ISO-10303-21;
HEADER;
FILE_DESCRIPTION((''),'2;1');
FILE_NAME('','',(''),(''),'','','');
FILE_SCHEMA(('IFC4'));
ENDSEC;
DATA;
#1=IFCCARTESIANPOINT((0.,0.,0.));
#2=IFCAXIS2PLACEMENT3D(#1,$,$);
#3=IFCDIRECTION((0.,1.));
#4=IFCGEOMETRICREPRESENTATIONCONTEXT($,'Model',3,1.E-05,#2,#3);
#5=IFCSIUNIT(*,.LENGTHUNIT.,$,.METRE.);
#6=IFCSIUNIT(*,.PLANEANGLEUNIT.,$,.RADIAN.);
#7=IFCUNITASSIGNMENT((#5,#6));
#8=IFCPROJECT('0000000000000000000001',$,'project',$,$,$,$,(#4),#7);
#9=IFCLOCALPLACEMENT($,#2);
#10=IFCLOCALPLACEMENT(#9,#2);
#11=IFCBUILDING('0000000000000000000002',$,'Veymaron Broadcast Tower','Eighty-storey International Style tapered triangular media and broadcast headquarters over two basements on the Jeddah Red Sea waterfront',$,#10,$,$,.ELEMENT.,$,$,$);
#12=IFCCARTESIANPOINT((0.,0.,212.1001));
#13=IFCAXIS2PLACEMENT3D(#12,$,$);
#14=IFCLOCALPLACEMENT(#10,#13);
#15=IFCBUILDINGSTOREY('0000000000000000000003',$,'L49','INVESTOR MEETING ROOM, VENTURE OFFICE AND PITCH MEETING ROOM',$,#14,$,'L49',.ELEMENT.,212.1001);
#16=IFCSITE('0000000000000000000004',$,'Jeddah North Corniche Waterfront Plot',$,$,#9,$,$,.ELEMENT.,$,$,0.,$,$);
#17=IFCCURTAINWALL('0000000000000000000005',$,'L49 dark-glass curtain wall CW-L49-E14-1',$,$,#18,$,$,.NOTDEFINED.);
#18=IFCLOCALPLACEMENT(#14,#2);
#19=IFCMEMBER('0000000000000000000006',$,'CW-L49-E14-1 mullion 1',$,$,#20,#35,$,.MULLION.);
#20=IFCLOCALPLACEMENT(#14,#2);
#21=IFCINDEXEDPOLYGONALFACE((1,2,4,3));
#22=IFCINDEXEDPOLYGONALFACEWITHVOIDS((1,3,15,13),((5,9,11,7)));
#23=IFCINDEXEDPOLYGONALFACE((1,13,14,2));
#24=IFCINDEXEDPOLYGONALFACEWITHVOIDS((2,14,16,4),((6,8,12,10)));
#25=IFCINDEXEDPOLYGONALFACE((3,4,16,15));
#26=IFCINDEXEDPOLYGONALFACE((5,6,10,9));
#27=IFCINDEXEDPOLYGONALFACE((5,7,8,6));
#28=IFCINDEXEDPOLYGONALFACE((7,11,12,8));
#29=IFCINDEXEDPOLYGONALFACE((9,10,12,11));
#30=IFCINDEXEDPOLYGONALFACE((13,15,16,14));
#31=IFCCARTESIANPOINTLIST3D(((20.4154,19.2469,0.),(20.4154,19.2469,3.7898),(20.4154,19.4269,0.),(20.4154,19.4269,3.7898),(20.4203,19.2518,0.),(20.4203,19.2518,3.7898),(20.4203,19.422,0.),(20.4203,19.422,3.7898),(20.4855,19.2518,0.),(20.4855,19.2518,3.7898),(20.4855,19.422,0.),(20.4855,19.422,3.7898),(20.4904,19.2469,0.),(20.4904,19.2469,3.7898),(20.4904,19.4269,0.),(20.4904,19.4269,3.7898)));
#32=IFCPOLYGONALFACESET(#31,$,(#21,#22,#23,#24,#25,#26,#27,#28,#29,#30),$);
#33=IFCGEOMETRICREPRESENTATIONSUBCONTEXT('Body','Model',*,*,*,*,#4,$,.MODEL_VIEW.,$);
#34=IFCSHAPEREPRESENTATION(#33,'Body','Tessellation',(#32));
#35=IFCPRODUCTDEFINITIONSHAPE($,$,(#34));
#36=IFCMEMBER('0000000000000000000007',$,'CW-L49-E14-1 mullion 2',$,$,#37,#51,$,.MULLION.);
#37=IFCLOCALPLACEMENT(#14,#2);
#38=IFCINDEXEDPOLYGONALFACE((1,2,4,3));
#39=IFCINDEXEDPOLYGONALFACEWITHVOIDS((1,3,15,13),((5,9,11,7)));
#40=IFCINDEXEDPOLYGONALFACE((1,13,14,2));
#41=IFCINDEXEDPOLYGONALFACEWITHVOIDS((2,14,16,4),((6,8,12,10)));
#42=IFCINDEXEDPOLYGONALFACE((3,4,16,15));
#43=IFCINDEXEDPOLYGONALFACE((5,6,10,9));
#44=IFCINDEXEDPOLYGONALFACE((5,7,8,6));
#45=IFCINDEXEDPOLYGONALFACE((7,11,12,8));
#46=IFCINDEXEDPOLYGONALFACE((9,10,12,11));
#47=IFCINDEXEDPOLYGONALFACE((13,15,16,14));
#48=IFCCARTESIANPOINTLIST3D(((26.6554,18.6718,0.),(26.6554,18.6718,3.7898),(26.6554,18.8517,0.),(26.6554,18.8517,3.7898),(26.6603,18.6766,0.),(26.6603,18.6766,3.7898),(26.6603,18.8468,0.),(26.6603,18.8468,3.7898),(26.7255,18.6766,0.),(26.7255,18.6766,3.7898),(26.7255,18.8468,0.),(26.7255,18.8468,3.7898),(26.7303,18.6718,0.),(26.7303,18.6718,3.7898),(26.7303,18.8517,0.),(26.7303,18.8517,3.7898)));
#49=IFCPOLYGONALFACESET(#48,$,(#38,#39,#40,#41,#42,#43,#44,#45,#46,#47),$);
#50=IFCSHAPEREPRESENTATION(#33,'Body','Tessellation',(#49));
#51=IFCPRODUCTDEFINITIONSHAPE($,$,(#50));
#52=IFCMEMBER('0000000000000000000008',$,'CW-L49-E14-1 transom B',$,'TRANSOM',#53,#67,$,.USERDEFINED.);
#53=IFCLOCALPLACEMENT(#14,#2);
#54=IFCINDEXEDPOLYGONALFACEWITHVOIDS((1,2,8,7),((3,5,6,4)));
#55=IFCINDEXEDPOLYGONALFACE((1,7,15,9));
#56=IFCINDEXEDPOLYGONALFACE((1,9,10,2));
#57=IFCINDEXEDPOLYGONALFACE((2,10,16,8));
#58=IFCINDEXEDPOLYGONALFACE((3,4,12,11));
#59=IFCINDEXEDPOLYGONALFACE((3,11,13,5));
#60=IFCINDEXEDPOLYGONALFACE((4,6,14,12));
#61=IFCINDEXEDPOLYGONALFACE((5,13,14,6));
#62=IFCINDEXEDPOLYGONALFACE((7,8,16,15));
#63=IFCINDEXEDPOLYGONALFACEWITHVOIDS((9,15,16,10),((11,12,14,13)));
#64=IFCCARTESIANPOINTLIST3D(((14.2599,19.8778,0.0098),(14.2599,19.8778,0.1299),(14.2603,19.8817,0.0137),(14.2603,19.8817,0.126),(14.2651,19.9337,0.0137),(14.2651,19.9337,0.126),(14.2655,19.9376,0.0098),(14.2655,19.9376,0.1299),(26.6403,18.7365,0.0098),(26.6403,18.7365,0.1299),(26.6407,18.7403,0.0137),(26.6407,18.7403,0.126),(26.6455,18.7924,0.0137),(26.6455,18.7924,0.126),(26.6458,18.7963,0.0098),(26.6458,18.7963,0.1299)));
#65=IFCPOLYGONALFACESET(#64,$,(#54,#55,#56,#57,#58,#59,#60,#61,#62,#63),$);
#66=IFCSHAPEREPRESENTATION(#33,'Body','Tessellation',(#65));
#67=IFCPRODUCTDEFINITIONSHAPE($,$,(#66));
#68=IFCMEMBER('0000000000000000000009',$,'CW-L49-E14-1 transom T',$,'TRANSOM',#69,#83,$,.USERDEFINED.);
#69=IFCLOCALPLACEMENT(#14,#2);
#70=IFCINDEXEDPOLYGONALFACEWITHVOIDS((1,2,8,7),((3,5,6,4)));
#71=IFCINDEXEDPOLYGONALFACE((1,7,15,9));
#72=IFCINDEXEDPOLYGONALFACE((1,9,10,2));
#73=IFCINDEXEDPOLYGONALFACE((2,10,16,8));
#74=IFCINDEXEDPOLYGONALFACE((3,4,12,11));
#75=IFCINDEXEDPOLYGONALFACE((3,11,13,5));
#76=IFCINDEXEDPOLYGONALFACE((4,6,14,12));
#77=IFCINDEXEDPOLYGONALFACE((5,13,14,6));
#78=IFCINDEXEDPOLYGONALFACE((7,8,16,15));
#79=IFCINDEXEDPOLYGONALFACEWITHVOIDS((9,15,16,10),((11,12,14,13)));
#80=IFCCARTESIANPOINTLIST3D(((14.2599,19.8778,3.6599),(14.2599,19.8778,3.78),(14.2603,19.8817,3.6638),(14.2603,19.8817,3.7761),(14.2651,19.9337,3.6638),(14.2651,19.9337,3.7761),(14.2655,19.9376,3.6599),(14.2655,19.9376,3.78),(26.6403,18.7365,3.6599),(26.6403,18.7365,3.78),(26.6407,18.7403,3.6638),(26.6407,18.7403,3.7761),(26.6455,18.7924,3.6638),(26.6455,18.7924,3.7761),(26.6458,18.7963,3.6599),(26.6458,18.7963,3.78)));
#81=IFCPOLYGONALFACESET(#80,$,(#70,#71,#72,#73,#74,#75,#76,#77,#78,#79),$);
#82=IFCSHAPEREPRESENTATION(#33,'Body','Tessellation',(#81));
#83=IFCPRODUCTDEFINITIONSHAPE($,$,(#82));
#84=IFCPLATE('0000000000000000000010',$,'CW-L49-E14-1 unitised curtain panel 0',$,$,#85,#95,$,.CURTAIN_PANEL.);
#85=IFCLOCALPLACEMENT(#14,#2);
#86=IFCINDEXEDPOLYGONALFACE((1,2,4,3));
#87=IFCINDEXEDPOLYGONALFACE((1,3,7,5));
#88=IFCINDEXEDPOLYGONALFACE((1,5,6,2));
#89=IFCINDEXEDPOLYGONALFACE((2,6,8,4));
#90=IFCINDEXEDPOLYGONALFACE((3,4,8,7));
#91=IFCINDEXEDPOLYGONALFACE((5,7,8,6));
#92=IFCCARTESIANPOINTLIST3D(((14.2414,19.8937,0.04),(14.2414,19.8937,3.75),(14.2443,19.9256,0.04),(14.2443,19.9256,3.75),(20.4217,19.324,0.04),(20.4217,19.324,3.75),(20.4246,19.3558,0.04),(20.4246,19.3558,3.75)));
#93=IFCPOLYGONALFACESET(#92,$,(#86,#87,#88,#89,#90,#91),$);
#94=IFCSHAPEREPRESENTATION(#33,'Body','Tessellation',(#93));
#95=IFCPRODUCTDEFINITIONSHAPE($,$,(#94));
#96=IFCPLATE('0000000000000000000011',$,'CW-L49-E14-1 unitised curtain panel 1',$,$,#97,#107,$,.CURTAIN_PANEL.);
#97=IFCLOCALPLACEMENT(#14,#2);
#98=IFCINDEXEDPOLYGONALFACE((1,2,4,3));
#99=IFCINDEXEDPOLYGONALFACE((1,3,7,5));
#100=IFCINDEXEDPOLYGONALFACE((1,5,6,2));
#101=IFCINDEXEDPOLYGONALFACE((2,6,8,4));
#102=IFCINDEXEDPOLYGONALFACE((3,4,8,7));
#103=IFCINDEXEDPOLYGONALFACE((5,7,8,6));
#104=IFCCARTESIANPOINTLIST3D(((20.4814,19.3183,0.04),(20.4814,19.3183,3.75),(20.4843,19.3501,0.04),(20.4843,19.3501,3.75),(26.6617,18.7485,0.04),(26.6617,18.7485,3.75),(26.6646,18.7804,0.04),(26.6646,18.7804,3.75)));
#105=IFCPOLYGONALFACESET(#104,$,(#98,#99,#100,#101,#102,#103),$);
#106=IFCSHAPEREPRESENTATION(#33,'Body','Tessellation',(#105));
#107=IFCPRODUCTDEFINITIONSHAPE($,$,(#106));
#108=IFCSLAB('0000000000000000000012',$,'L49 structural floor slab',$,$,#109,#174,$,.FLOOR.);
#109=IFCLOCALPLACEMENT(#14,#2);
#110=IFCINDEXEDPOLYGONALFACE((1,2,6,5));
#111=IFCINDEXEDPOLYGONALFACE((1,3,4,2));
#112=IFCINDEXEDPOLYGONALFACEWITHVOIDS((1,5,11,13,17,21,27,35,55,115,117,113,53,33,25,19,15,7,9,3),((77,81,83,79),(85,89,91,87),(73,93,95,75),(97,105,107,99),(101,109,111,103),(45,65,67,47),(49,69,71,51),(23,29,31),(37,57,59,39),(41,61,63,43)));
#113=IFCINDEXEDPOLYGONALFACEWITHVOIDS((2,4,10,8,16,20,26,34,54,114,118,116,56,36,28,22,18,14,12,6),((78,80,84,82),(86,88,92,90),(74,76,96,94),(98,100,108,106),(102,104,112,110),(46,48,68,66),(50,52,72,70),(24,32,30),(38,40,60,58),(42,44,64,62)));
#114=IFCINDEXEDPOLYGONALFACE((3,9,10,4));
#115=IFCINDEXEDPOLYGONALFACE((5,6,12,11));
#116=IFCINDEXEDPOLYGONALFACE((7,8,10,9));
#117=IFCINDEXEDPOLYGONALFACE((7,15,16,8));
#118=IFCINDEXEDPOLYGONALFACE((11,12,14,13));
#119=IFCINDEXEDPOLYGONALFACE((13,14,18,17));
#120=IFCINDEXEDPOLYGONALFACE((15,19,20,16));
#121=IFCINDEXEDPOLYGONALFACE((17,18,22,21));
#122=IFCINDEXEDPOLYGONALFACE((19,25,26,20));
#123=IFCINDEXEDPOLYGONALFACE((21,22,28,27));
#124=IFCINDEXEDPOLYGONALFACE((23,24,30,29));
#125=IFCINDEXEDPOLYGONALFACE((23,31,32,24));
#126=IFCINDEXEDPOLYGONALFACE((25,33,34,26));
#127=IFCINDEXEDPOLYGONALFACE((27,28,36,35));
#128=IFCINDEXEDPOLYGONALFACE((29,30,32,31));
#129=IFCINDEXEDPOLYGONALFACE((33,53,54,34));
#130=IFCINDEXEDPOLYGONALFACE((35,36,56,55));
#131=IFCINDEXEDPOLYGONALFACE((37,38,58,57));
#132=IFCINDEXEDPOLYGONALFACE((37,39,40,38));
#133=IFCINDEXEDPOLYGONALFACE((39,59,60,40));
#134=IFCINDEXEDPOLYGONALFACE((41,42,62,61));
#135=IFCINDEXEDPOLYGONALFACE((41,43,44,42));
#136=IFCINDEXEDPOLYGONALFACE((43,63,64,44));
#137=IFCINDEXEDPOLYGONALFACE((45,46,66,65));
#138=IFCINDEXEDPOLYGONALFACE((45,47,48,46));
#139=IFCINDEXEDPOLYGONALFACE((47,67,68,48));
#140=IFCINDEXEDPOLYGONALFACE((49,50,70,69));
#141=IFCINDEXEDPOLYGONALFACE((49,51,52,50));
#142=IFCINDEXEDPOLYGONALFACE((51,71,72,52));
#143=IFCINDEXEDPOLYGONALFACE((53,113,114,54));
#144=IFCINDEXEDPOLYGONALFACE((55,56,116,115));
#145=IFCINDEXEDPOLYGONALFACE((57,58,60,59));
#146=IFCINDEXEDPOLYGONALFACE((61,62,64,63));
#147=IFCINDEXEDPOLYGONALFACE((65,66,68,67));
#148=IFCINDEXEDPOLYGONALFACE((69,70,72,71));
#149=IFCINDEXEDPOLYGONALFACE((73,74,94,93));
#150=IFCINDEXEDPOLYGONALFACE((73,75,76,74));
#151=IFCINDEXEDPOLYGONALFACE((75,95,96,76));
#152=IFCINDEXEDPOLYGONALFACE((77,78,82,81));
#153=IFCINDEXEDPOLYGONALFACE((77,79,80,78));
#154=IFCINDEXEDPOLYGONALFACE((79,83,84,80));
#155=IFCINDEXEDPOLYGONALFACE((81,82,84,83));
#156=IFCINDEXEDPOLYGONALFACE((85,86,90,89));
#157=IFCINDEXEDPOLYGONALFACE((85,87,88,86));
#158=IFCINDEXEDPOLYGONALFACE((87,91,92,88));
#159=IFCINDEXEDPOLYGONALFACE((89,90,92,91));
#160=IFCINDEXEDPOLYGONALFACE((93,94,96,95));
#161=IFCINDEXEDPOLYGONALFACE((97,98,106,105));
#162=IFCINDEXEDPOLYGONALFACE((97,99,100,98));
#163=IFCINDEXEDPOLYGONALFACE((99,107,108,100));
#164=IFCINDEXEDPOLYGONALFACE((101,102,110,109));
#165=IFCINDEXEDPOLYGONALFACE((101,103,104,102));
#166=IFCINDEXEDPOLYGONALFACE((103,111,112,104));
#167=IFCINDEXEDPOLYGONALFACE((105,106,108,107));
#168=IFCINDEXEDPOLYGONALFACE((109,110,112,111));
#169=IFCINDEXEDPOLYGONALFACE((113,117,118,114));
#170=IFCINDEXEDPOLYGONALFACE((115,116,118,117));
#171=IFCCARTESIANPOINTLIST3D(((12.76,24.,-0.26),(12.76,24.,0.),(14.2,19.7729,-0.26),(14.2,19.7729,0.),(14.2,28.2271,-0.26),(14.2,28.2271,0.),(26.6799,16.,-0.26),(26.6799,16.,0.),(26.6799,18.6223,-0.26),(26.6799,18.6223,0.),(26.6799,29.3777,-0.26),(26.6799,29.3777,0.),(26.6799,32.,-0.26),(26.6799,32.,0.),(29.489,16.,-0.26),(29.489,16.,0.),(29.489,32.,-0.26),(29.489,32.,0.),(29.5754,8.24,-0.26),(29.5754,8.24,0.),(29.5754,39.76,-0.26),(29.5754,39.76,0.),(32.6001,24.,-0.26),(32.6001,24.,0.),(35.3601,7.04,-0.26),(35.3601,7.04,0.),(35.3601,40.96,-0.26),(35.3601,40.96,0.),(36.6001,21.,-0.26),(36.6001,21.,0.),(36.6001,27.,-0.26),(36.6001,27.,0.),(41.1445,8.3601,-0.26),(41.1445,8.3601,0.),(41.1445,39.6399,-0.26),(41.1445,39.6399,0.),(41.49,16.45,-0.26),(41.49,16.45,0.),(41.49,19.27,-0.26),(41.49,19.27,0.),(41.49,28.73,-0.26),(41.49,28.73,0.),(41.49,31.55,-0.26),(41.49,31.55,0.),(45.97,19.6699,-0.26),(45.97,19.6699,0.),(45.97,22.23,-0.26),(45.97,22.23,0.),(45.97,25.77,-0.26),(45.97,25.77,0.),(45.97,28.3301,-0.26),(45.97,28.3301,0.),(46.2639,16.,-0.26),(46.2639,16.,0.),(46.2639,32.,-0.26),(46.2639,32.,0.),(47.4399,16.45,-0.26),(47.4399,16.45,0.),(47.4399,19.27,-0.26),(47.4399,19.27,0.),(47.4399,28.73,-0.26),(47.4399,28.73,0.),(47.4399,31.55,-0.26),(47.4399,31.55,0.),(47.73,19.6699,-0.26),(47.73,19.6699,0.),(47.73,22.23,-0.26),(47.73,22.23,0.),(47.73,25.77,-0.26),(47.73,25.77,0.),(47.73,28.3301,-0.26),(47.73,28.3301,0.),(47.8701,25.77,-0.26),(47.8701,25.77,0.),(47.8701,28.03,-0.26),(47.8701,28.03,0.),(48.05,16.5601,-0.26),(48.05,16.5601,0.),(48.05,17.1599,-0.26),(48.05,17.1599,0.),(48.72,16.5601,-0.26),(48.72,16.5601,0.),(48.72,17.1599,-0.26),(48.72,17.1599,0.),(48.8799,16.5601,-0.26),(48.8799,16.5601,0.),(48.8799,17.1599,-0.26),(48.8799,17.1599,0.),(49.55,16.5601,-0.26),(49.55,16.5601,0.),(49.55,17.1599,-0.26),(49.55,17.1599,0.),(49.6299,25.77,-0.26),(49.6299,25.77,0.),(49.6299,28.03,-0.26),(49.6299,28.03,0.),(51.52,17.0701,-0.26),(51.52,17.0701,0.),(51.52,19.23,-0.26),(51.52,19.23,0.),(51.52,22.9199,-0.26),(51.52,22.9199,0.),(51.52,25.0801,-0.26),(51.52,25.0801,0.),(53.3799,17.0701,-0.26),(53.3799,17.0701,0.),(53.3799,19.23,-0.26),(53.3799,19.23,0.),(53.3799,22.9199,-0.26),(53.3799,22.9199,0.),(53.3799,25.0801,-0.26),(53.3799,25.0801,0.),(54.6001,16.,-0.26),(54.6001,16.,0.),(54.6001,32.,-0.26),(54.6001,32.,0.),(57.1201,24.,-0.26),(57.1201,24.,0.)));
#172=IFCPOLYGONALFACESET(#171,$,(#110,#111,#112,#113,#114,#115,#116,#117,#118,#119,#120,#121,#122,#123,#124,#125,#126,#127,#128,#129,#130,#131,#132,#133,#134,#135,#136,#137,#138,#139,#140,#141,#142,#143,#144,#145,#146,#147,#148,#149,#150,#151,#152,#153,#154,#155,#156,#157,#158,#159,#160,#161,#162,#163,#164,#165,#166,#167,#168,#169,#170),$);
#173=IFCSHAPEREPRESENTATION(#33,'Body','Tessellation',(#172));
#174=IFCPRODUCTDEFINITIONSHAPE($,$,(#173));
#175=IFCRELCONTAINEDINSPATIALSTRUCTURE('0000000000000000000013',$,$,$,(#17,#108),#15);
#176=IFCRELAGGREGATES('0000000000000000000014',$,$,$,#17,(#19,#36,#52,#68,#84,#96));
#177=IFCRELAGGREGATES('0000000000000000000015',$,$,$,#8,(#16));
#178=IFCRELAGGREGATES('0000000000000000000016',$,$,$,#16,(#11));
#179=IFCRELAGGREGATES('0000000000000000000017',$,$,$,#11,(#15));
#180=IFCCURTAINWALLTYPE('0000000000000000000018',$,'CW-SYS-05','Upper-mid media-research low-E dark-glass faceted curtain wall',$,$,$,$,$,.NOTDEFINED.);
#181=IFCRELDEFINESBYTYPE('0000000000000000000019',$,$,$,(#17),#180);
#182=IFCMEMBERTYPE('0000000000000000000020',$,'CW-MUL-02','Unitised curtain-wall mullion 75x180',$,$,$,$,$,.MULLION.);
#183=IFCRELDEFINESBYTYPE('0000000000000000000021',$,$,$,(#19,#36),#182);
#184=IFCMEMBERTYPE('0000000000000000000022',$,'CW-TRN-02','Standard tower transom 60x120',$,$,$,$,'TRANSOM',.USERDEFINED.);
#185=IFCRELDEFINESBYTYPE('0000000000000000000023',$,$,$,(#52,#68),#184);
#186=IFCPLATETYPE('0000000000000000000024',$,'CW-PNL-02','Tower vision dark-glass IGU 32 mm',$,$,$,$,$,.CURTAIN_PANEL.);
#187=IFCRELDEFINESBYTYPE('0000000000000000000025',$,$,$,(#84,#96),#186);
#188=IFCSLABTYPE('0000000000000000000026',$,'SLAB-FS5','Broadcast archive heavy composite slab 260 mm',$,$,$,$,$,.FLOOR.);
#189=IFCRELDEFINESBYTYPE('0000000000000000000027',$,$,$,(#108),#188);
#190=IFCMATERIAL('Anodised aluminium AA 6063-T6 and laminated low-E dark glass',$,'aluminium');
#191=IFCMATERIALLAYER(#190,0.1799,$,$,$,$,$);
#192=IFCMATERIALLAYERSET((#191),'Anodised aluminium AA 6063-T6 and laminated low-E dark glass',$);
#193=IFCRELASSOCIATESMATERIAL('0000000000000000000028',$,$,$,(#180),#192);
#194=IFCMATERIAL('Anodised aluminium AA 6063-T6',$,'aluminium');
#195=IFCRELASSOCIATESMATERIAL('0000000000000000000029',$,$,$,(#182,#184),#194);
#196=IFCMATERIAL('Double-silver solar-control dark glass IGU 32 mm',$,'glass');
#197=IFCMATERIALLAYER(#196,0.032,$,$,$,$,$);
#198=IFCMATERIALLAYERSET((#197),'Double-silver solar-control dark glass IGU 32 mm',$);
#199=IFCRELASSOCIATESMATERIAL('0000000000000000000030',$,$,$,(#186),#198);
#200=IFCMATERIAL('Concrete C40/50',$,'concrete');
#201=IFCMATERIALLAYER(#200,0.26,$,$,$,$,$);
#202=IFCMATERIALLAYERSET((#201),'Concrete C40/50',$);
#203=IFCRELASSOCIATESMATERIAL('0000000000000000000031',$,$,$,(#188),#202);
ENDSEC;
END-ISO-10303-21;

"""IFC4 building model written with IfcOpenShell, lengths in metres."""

from ifc_helpers import new_model, si_unit, direction, frame, origin, origin_2d, place, context, subcontext, project, spatial, polyline, rectangle, hollow_rectangle, outline, extrude, material, layer, layer_set, material_profile, profile_set, type_object, element, aggregate, save


model = new_model("IFC4")

# Units and contexts
model_context = context("Model", 3, precision=1e-05, world=origin(), true_north=direction((0.0, 1.0)))
body_context = subcontext(model_context, "Body", "Model", "MODEL_VIEW")
ifc_project = project(units=[si_unit("LENGTHUNIT", "METRE"), si_unit("PLANEANGLEUNIT", "RADIAN")], contexts=[model_context])

# Site, building, storey
site_placement = place(None, origin())
site = spatial("IfcSite", under=ifc_project, at=site_placement, Name="Jeddah North Corniche Waterfront Plot", CompositionType="ELEMENT", RefElevation=0.0)
building_placement = place(site_placement, origin())
building = spatial("IfcBuilding", under=site, at=building_placement, Name="Veymaron Broadcast Tower", Description="Eighty-storey International Style tapered triangular media and broadcast headquarters over two basements on the Jeddah Red Sea waterfront", CompositionType="ELEMENT")
storey_placement = place(building_placement, frame((0.0, 0.0, 212.1001)))
storey = spatial("IfcBuildingStorey", under=building, at=storey_placement, Name="L49", Description="INVESTOR MEETING ROOM, VENTURE OFFICE AND PITCH MEETING ROOM", LongName="L49", CompositionType="ELEMENT", Elevation=212.1001)

# Curtain wall, members, plates
ifc_material_1 = material(Name="Anodised aluminium AA 6063-T6 and laminated low-E dark glass", Category="aluminium")
ifc_layer_1 = layer(ifc_material_1, 0.1799)
ifc_layer_set_1 = layer_set([ifc_layer_1], Name="Anodised aluminium AA 6063-T6 and laminated low-E dark glass")
curtain_wall_type = type_object("IfcCurtainWallType", Name="CW-SYS-05", Description="Upper-mid media-research low-E dark-glass faceted curtain wall", PredefinedType="NOTDEFINED", material=ifc_layer_set_1)
curtain_wall_placement = place(storey_placement, origin())
curtain_wall = element("IfcCurtainWall", 1, at=curtain_wall_placement, inside=storey, type_object=curtain_wall_type, Name="L49 dark-glass curtain wall CW-L49-E14-1", PredefinedType="NOTDEFINED")
ifc_material_2 = material(Name="Anodised aluminium AA 6063-T6", Category="aluminium")
ifc_material_profile_1 = material_profile(ifc_material_2, hollow_rectangle(XDim=0.075, YDim=0.1799, WallThickness=0.0049, at=origin_2d()), Name="AL180X75X5")
ifc_profile_set_1 = profile_set([ifc_material_profile_1], Name="Anodised aluminium AA 6063-T6")
member_type_1 = type_object("IfcMemberType", Name="CW-MUL-02", Description="Unitised curtain-wall mullion 75x180", PredefinedType="MULLION", material=ifc_profile_set_1)
member_1_placement = place(storey_placement, frame((20.4529, 19.3369, 0.0), z_axis=(0.0, 0.0, 1.0), x_axis=(1.0, 0.0, 0.0)))
member_1 = element("IfcMember", 2, at=member_1_placement, type_object=member_type_1, Name="CW-L49-E14-1 mullion 1", PredefinedType="MULLION", context=body_context, shape_type="SweptSolid", body=[
    extrude(hollow_rectangle(XDim=0.075, YDim=0.1799, WallThickness=0.0049, at=origin_2d()), origin(), (0.0, 0.0, 1.0), 3.7898),
])
member_2_placement = place(storey_placement, frame((26.6929, 18.7617, 0.0), z_axis=(0.0, 0.0, 1.0), x_axis=(1.0, 0.0, 0.0)))
member_2 = element("IfcMember", 3, at=member_2_placement, type_object=member_type_1, Name="CW-L49-E14-1 mullion 2", PredefinedType="MULLION", context=body_context, shape_type="SweptSolid", body=[
    extrude(hollow_rectangle(XDim=0.075, YDim=0.1799, WallThickness=0.0049, at=origin_2d()), origin(), (0.0, 0.0, 1.0), 3.7898),
])
ifc_material_profile_2 = material_profile(ifc_material_2, hollow_rectangle(XDim=0.0601, YDim=0.1201, WallThickness=0.0039, at=origin_2d()), Name="AL120X60X4")
ifc_profile_set_2 = profile_set([ifc_material_profile_2], Name="Anodised aluminium AA 6063-T6")
member_type_2 = type_object("IfcMemberType", Name="CW-TRN-02", Description="Standard tower transom 60x120", ElementType="TRANSOM", PredefinedType="USERDEFINED", material=ifc_profile_set_2)
member_3_placement = place(storey_placement, frame((14.2627, 19.9077, 0.0698), z_axis=(0.995777, -0.091802, 0.0), x_axis=(0.091802, 0.995777, 0.0)))
member_3 = element("IfcMember", 4, at=member_3_placement, type_object=member_type_2, Name="CW-L49-E14-1 transom B", ObjectType="TRANSOM", PredefinedType="USERDEFINED", context=body_context, shape_type="SweptSolid", body=[
    extrude(hollow_rectangle(XDim=0.0601, YDim=0.1201, WallThickness=0.0039, at=origin_2d()), origin(), (0.0, 0.0, 1.0), 12.4329),
])
member_4_placement = place(storey_placement, frame((14.2627, 19.9077, 3.72), z_axis=(0.995777, -0.091802, 0.0), x_axis=(0.091802, 0.995777, 0.0)))
member_4 = element("IfcMember", 5, at=member_4_placement, type_object=member_type_2, Name="CW-L49-E14-1 transom T", ObjectType="TRANSOM", PredefinedType="USERDEFINED", context=body_context, shape_type="SweptSolid", body=[
    extrude(hollow_rectangle(XDim=0.0601, YDim=0.1201, WallThickness=0.0039, at=origin_2d()), origin(), (0.0, 0.0, 1.0), 12.4329),
])
ifc_material_3 = material(Name="Double-silver solar-control dark glass IGU 32 mm", Category="glass")
ifc_layer_2 = layer(ifc_material_3, 0.032)
ifc_layer_set_2 = layer_set([ifc_layer_2], Name="Double-silver solar-control dark glass IGU 32 mm")
plate_type = type_object("IfcPlateType", Name="CW-PNL-02", Description="Tower vision dark-glass IGU 32 mm", PredefinedType="CURTAIN_PANEL", material=ifc_layer_set_2)
plate_1_placement = place(storey_placement, frame((17.333, 19.6248, 0.04), z_axis=(0.0, 0.0, 1.0), x_axis=(0.995778, -0.091797, 0.0)))
plate_1 = element("IfcPlate", 6, at=plate_1_placement, type_object=plate_type, Name="CW-L49-E14-1 unitised curtain panel 0", PredefinedType="CURTAIN_PANEL", context=body_context, shape_type="SweptSolid", body=[
    extrude(rectangle(XDim=6.2065, YDim=0.032, at=origin_2d()), origin(), (0.0, 0.0, 1.0), 3.71),
])
plate_2_placement = place(storey_placement, frame((23.573, 19.0493, 0.04), z_axis=(0.0, 0.0, 1.0), x_axis=(0.995778, -0.091797, 0.0)))
plate_2 = element("IfcPlate", 7, at=plate_2_placement, type_object=plate_type, Name="CW-L49-E14-1 unitised curtain panel 1", PredefinedType="CURTAIN_PANEL", context=body_context, shape_type="SweptSolid", body=[
    extrude(rectangle(XDim=6.2065, YDim=0.032, at=origin_2d()), origin(), (0.0, 0.0, 1.0), 3.71),
])
aggregate(curtain_wall, [member_1, member_2, member_3, member_4, plate_1, plate_2])

# Slab
ifc_material_4 = material(Name="Concrete C40/50", Category="concrete")
ifc_layer_3 = layer(ifc_material_4, 0.26)
ifc_layer_set_3 = layer_set([ifc_layer_3], Name="Concrete C40/50")
slab_type_1 = type_object("IfcSlabType", Name="SLAB-FS5", Description="Broadcast archive heavy composite slab 260 mm", PredefinedType="FLOOR", material=ifc_layer_set_3)
slab_1_placement = place(storey_placement, frame((0.0, 0.0, -0.26)))
element("IfcSlab", 8, at=slab_1_placement, inside=storey, type_object=slab_type_1, Name="L49 structural floor slab", PredefinedType="FLOOR", context=body_context, shape_type="SweptSolid", body=[
    extrude(outline(polyline([(46.2639, 16.0), (54.6001, 16.0), (57.1201, 24.0), (54.6001, 32.0), (46.2639, 32.0), (41.1445, 39.6399), (35.3601, 40.96), (29.5754, 39.76), (29.489, 32.0), (26.6799, 32.0), (26.6799, 29.3777), (14.2, 28.2271), (12.76, 24.0), (14.2, 19.7729), (26.6799, 18.6223), (26.6799, 16.0), (29.489, 16.0), (29.5754, 8.24), (35.3601, 7.04), (41.1445, 8.3601), (46.2639, 16.0)]), holes=[polyline([(45.97, 28.3301), (47.73, 28.3301), (47.73, 25.77), (45.97, 25.77), (45.97, 28.3301)]), polyline([(45.97, 22.23), (47.73, 22.23), (47.73, 19.6699), (45.97, 19.6699), (45.97, 22.23)]), polyline([(47.8701, 28.03), (49.6299, 28.03), (49.6299, 25.77), (47.8701, 25.77), (47.8701, 28.03)]), polyline([(51.52, 25.0801), (53.3799, 25.0801), (53.3799, 22.9199), (51.52, 22.9199), (51.52, 25.0801)]), polyline([(51.52, 19.23), (53.3799, 19.23), (53.3799, 17.0701), (51.52, 17.0701), (51.52, 19.23)]), polyline([(48.05, 17.1599), (48.72, 17.1599), (48.72, 16.5601), (48.05, 16.5601), (48.05, 17.1599)]), polyline([(48.8799, 17.1599), (49.55, 17.1599), (49.55, 16.5601), (48.8799, 16.5601), (48.8799, 17.1599)]), polyline([(36.6001, 27.0), (36.6001, 21.0), (32.6001, 24.0), (36.6001, 27.0)]), polyline([(41.49, 31.55), (47.4399, 31.55), (47.4399, 28.73), (41.49, 28.73), (41.49, 31.55)]), polyline([(41.49, 19.27), (47.4399, 19.27), (47.4399, 16.45), (41.49, 16.45), (41.49, 19.27)])]), origin(), (0.0, 0.0, 1.0), 0.26),
])

save(model, "model.ifc")
